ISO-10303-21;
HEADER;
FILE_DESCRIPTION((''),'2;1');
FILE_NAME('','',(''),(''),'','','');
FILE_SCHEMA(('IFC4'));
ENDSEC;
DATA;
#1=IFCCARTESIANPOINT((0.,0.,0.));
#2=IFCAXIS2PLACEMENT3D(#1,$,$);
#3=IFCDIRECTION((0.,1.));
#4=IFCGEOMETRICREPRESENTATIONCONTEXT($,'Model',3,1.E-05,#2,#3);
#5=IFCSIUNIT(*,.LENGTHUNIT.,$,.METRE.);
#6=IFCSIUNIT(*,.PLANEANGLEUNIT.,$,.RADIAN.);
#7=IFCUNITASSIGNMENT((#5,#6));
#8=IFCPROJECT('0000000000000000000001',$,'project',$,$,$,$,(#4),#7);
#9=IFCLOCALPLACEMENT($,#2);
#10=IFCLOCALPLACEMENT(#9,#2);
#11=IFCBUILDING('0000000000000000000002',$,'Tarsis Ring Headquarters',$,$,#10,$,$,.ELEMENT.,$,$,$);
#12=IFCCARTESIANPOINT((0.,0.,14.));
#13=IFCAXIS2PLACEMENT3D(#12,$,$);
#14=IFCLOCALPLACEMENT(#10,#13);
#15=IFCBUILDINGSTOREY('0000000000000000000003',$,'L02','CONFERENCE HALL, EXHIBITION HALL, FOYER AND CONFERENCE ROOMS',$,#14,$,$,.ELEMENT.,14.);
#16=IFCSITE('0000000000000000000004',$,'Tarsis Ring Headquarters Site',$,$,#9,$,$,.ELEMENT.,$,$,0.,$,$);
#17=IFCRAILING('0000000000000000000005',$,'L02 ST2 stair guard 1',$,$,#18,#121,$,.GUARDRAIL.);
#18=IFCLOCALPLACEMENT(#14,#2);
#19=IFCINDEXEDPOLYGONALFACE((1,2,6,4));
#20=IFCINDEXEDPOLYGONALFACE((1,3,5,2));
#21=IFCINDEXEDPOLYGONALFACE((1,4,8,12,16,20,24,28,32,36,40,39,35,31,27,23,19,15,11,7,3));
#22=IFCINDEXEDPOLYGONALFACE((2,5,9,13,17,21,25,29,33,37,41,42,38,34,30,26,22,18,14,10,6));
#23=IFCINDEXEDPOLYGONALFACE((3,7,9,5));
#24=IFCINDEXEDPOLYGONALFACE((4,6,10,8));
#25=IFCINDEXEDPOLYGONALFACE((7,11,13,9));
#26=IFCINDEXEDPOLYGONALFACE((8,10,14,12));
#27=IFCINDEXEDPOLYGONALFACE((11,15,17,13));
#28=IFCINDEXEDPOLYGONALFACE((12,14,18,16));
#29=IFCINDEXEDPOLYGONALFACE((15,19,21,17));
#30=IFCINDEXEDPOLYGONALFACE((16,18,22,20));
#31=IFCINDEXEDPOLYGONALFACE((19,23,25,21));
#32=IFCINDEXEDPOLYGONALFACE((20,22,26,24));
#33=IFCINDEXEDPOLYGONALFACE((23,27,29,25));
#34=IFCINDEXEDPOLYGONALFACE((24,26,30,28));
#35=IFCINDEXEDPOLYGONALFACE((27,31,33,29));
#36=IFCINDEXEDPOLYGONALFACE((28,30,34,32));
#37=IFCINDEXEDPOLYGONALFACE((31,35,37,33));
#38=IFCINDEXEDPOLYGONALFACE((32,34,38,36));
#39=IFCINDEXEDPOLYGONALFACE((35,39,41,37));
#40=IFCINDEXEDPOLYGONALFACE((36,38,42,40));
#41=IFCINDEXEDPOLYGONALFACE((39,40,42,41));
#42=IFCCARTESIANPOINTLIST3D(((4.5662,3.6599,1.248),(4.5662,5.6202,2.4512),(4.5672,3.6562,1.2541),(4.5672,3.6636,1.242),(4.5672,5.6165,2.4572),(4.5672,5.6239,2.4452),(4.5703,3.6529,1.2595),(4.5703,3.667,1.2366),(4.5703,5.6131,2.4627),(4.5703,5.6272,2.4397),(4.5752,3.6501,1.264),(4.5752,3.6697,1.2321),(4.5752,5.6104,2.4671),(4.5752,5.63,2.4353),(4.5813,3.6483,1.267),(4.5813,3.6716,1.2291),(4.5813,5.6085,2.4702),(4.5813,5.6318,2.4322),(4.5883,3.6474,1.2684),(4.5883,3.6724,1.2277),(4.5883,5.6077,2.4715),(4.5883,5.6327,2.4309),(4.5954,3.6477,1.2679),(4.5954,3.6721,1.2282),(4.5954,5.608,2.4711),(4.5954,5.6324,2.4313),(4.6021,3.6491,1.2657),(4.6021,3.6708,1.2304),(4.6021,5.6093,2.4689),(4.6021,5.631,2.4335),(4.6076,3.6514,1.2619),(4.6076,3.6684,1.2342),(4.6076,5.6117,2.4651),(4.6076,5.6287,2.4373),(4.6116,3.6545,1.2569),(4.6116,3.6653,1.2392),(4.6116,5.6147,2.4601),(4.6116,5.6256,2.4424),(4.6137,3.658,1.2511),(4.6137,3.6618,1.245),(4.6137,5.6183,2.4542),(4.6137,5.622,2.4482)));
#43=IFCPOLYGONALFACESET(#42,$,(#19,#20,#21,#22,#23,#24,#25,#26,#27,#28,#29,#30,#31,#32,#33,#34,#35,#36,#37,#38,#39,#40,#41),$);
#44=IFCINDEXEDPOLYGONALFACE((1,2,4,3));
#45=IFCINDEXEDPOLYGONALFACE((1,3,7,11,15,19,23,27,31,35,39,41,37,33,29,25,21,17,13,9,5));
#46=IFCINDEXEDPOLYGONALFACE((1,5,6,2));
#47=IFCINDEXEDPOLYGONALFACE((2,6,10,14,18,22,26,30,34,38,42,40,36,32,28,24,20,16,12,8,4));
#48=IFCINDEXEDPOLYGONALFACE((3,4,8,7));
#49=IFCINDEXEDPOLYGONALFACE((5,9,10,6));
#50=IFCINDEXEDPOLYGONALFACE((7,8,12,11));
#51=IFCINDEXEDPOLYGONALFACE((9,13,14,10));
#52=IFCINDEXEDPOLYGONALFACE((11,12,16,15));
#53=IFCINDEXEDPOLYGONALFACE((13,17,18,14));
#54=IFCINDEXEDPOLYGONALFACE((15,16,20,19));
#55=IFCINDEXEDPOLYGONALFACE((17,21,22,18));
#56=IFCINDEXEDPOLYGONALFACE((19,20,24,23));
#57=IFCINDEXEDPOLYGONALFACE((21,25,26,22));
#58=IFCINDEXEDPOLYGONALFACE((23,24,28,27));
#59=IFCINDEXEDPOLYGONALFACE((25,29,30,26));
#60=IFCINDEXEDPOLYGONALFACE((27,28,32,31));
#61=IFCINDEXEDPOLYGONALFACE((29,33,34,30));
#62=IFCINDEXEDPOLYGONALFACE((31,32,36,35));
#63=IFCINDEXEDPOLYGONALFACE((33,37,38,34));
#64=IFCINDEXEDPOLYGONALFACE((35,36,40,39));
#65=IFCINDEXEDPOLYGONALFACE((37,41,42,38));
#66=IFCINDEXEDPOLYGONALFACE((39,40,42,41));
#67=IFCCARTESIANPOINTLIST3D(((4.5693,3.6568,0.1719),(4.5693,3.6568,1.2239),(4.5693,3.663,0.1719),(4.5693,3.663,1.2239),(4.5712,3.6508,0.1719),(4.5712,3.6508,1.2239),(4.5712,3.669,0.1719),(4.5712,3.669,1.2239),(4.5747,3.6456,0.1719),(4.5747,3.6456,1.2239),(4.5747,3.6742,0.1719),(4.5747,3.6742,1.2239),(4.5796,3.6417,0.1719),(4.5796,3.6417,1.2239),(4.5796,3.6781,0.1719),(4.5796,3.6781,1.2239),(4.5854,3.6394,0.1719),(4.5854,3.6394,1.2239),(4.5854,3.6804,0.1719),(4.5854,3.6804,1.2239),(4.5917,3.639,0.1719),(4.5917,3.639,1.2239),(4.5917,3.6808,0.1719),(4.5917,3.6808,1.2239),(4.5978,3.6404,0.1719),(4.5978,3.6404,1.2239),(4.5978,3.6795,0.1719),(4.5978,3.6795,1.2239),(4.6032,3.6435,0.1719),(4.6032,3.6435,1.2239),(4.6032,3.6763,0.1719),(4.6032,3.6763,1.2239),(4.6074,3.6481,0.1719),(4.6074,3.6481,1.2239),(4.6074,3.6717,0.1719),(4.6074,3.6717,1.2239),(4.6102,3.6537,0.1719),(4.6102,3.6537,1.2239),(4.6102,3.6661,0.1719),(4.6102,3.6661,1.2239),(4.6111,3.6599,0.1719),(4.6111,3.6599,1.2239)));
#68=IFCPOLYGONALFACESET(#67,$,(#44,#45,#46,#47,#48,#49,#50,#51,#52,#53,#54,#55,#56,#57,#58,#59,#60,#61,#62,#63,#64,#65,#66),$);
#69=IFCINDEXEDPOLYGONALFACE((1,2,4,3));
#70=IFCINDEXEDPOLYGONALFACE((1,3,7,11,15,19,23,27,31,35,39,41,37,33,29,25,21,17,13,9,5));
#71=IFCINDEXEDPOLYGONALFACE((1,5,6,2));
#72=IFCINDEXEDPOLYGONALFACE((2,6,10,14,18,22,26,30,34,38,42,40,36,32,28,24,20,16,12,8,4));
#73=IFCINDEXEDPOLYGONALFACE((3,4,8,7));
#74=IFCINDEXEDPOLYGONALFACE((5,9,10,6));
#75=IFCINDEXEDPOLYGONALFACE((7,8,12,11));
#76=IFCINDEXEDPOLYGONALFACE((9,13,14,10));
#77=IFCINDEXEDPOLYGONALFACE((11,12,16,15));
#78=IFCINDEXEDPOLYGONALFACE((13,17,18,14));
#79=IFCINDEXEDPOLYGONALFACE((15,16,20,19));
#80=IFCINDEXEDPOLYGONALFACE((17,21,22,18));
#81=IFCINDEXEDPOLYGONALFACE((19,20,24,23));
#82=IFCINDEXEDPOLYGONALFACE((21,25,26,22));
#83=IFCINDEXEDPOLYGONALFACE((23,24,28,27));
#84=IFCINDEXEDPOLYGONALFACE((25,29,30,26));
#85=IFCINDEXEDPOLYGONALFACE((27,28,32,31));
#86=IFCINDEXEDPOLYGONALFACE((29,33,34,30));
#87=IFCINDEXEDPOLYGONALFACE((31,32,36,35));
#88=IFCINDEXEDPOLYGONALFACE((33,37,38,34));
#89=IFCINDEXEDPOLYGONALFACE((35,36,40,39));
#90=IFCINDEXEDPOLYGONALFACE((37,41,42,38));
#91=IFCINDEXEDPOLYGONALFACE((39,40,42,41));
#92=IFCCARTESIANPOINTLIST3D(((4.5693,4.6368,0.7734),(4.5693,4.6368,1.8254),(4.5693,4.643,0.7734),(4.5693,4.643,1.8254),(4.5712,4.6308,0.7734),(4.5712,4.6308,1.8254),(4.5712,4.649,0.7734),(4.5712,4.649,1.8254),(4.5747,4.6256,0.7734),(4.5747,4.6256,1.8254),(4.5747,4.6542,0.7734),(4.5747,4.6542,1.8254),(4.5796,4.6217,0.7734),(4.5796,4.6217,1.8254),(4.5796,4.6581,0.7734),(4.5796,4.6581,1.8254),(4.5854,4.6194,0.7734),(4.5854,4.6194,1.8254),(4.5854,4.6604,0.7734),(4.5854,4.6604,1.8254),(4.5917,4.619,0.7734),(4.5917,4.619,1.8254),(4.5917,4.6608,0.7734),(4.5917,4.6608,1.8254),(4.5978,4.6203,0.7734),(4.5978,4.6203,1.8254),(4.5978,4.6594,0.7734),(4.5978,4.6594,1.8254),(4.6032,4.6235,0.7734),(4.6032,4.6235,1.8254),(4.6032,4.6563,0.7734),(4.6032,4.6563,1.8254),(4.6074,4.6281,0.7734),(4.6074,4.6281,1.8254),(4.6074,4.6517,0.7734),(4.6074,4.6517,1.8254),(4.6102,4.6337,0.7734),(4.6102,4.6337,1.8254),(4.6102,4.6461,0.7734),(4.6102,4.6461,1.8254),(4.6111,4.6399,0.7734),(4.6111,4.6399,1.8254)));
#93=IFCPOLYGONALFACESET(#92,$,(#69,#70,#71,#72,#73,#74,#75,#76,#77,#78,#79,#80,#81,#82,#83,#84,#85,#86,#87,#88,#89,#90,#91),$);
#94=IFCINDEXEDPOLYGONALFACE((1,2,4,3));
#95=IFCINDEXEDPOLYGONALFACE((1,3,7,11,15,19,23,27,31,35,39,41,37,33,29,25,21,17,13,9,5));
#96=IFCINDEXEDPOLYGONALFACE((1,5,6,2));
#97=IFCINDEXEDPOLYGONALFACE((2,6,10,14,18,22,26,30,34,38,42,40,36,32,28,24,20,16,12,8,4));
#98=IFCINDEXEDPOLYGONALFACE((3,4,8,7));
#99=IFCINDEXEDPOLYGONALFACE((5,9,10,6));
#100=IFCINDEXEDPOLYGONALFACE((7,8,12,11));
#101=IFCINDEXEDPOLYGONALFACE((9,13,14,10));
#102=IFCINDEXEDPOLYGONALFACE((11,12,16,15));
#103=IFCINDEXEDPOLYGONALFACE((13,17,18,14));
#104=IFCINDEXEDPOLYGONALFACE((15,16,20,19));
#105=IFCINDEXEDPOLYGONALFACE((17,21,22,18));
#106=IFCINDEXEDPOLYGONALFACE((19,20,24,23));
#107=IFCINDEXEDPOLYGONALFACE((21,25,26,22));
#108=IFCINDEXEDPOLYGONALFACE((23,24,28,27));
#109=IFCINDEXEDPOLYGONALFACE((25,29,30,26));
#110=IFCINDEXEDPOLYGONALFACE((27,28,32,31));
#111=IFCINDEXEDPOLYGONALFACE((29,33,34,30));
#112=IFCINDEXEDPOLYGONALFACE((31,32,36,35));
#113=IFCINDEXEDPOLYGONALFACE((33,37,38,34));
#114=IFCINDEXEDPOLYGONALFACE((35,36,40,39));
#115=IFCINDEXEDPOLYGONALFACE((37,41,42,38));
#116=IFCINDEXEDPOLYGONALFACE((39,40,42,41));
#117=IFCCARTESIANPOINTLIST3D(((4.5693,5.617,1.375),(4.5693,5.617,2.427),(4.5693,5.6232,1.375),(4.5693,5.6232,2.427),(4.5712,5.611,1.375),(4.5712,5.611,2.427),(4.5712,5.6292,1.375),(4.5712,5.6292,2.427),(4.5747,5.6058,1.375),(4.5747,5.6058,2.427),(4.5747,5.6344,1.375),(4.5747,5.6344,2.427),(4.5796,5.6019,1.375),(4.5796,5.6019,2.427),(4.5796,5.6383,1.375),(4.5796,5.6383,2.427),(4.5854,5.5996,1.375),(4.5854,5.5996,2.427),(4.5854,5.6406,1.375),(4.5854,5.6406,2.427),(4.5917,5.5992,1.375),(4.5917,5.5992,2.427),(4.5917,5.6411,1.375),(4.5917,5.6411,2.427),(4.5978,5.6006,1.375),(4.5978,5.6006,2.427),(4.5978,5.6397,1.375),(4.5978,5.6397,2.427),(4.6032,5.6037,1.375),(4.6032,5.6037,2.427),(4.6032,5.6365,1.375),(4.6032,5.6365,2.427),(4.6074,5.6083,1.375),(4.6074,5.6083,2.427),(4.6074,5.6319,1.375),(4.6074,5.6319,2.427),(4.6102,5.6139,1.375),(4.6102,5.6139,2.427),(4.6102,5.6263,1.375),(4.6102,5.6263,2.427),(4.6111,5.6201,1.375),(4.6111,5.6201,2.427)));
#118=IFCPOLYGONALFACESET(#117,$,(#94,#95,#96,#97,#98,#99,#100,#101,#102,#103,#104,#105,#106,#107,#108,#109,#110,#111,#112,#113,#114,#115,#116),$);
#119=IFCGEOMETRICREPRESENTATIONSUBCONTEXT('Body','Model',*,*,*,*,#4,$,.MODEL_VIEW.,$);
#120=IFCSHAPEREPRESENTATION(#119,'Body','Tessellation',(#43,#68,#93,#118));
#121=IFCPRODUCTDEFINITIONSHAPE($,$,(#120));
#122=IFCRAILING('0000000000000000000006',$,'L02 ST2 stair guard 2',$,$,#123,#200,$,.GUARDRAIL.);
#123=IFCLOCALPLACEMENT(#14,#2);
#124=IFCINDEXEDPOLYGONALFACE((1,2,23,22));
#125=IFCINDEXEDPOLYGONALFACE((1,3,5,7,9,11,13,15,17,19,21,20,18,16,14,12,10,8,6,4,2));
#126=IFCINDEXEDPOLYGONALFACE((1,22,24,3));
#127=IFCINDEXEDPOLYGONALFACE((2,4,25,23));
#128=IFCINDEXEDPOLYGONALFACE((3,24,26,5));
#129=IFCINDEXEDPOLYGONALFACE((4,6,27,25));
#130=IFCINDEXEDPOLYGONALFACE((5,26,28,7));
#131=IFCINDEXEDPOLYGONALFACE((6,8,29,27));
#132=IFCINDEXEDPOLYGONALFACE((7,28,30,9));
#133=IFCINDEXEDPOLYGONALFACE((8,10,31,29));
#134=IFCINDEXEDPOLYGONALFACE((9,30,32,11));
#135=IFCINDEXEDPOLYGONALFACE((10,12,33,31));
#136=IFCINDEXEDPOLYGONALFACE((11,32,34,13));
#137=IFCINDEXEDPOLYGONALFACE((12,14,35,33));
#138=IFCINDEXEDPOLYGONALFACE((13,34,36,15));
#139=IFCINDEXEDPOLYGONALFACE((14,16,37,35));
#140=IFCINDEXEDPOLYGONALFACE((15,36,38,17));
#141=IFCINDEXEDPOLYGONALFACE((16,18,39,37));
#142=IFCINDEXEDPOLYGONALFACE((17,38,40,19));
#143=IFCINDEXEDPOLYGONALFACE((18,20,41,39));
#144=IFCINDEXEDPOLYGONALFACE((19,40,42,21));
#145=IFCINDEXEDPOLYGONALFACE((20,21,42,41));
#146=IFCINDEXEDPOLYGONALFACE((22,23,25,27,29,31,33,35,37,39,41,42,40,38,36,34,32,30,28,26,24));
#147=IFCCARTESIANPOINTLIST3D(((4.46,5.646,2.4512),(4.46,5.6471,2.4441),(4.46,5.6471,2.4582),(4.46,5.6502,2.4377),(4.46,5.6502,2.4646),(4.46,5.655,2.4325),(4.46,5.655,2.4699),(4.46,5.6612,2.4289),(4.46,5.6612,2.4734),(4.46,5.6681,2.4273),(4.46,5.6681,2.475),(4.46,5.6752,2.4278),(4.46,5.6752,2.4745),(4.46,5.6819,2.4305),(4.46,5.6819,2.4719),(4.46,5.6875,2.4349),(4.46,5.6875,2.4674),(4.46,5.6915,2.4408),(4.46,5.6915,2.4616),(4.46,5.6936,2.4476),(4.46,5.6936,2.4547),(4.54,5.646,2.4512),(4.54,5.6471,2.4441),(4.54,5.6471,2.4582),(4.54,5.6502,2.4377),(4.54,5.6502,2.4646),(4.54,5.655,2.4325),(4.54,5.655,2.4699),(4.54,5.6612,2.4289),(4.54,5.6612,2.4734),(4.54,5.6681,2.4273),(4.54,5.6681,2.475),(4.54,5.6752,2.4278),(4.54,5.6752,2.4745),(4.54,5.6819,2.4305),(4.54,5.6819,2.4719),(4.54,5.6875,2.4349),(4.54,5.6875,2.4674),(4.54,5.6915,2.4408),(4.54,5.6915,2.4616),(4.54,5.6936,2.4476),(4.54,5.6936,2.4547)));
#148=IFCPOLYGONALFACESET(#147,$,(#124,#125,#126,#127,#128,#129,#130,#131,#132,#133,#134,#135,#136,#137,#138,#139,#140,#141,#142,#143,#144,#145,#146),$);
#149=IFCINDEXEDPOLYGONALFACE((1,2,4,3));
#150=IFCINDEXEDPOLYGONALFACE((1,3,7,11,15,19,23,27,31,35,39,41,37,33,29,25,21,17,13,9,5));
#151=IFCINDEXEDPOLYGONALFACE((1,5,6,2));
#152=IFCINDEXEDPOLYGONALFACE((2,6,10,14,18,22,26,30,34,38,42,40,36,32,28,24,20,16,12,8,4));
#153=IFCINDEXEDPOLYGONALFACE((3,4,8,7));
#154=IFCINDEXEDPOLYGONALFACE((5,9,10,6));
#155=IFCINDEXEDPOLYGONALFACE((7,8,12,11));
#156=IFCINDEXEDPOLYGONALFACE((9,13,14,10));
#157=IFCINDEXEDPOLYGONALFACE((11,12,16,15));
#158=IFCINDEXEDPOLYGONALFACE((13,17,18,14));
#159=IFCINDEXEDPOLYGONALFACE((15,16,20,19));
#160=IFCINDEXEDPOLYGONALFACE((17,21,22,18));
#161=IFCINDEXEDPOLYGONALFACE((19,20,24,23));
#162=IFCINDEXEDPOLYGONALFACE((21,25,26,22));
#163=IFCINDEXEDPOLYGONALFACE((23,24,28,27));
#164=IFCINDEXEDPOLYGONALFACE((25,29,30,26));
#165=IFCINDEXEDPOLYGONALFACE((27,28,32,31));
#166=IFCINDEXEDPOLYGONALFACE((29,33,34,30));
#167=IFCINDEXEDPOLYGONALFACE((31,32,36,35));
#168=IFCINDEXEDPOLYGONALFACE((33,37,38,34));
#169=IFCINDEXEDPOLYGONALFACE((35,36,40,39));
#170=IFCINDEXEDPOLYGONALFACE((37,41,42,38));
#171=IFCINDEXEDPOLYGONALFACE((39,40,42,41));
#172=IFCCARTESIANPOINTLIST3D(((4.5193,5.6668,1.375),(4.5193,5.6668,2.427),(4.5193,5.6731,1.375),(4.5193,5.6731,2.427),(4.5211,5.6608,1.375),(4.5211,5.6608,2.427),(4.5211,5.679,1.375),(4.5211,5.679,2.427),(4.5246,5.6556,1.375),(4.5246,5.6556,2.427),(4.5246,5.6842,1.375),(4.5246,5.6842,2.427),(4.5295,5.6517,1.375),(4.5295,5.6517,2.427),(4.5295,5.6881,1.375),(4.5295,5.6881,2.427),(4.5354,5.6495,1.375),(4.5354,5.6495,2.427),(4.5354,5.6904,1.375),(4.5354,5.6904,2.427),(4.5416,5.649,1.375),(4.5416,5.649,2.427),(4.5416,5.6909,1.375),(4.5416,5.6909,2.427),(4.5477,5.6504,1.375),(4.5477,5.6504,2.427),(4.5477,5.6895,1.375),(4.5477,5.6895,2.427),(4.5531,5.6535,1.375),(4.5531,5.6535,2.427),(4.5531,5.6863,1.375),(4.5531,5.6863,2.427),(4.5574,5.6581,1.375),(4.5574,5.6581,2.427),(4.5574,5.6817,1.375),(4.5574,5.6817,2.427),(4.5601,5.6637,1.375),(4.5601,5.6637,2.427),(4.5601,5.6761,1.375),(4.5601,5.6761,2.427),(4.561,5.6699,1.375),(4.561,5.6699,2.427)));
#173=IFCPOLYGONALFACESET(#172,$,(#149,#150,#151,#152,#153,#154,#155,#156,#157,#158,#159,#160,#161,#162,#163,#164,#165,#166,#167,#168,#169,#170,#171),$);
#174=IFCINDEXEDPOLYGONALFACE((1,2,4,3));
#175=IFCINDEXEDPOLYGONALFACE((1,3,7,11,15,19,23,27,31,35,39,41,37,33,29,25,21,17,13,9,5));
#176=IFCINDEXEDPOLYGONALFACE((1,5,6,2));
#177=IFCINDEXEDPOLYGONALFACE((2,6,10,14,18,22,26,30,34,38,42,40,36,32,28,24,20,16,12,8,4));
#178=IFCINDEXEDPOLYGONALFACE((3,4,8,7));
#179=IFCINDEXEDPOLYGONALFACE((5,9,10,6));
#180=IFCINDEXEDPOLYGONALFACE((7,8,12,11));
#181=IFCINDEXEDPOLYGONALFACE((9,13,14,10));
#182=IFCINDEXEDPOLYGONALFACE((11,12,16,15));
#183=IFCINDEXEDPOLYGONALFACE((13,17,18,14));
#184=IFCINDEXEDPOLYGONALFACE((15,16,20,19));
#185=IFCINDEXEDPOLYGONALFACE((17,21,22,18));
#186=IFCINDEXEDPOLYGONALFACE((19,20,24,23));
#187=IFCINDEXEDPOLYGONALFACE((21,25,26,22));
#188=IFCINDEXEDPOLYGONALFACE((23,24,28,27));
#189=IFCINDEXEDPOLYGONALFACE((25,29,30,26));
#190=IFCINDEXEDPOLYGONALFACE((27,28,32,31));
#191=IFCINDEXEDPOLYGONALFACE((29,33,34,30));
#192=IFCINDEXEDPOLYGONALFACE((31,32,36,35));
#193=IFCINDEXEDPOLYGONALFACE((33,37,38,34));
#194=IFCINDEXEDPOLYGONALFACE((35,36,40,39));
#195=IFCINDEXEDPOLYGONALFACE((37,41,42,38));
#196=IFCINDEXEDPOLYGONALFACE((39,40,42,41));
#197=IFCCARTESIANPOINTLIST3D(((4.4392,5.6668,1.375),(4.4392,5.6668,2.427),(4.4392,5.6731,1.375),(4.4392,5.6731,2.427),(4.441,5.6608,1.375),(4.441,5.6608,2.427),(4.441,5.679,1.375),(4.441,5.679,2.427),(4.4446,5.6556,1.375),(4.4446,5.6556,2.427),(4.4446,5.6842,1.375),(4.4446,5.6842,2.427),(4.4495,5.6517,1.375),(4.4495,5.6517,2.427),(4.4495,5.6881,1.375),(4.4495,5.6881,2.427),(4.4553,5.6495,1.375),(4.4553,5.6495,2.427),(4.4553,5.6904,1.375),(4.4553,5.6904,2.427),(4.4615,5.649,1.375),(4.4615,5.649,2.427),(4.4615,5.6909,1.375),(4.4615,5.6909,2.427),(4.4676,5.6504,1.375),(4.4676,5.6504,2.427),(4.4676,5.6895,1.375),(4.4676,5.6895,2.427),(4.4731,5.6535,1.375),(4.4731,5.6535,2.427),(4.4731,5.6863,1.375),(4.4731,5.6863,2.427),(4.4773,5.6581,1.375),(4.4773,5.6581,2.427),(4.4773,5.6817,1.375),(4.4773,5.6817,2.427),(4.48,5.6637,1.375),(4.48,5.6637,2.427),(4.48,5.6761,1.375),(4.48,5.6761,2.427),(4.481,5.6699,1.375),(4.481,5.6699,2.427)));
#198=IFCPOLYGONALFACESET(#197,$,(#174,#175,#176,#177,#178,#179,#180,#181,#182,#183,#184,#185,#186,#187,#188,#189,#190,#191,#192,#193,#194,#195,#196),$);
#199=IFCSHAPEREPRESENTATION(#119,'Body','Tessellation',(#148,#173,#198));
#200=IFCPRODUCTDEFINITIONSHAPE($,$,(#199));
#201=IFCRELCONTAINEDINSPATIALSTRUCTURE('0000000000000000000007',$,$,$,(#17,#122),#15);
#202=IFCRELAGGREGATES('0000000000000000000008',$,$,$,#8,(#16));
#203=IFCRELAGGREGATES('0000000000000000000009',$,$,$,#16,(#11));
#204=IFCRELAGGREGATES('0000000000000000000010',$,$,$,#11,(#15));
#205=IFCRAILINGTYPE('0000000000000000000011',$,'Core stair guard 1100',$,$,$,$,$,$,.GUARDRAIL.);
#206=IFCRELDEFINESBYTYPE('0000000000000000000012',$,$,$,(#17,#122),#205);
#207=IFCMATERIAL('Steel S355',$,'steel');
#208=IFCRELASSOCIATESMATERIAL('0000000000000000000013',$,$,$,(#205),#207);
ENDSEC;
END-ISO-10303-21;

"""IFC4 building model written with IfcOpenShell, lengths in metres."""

from ifc_helpers import new_model, si_unit, direction, frame, origin, origin_2d, place, context, subcontext, project, spatial, circle, extrude, material, type_object, element, save


model = new_model("IFC4")

# Units and contexts
model_context = context("Model", 3, precision=1e-05, world=origin(), true_north=direction((0.0, 1.0)))
body_context = subcontext(model_context, "Body", "Model", "MODEL_VIEW")
ifc_project = project(units=[si_unit("LENGTHUNIT", "METRE"), si_unit("PLANEANGLEUNIT", "RADIAN")], contexts=[model_context])

# Site, building, storey
site_placement = place(None, origin())
site = spatial("IfcSite", under=ifc_project, at=site_placement, Name="Tarsis Ring Headquarters Site", CompositionType="ELEMENT", RefElevation=0.0)
building_placement = place(site_placement, origin())
building = spatial("IfcBuilding", under=site, at=building_placement, Name="Tarsis Ring Headquarters", CompositionType="ELEMENT")
storey_placement = place(building_placement, frame((0.0, 0.0, 14.0)))
storey = spatial("IfcBuildingStorey", under=building, at=storey_placement, Name="L02", Description="CONFERENCE HALL, EXHIBITION HALL, FOYER AND CONFERENCE ROOMS", CompositionType="ELEMENT", Elevation=14.0)

# Railings
ifc_material_1 = material(Name="Steel S355", Category="steel")
railing_type_1 = type_object("IfcRailingType", Name="Core stair guard 1100", PredefinedType="GUARDRAIL", material=ifc_material_1)
railing_1_placement = place(storey_placement, frame((4.5901, 3.6599, 0.1719)))
element("IfcRailing", 1, at=railing_1_placement, inside=storey, type_object=railing_type_1, Name="L02 ST2 stair guard 1", PredefinedType="GUARDRAIL", context=body_context, shape_type="SweptSolid", body=[
    extrude(circle(Radius=0.0239, at=origin_2d()), frame((0.0, 0.0, 1.0762), z_axis=(0.0, 0.85227, 0.523102), x_axis=(-1.0, 0.0, 0.0)), (0.0, 0.0, 1.0), 2.3),
    extrude(circle(Radius=0.021, at=origin_2d()), origin(), (0.0, 0.0, 1.0), 1.052),
    extrude(circle(Radius=0.021, at=origin_2d()), frame((0.0, 0.98, 0.6016)), (0.0, 0.0, 1.0), 1.052),
    extrude(circle(Radius=0.021, at=origin_2d()), frame((0.0, 1.9602, 1.2031)), (0.0, 0.0, 1.0), 1.052),
])
railing_2_placement = place(storey_placement, frame((4.54, 5.6699, 1.375)))
element("IfcRailing", 2, at=railing_2_placement, inside=storey, type_object=railing_type_1, Name="L02 ST2 stair guard 2", PredefinedType="GUARDRAIL", context=body_context, shape_type="SweptSolid", body=[
    extrude(circle(Radius=0.0239, at=origin_2d()), frame((0.0, 0.0, 1.0762), z_axis=(-1.0, 0.0, 0.0), x_axis=(0.0, -1.0, 0.0)), (0.0, 0.0, 1.0), 0.0801),
    extrude(circle(Radius=0.021, at=origin_2d()), origin(), (0.0, 0.0, 1.0), 1.052),
    extrude(circle(Radius=0.021, at=origin_2d()), frame((-0.0801, 0.0, 0.0)), (0.0, 0.0, 1.0), 1.052),
])

save(model, "model.ifc")
